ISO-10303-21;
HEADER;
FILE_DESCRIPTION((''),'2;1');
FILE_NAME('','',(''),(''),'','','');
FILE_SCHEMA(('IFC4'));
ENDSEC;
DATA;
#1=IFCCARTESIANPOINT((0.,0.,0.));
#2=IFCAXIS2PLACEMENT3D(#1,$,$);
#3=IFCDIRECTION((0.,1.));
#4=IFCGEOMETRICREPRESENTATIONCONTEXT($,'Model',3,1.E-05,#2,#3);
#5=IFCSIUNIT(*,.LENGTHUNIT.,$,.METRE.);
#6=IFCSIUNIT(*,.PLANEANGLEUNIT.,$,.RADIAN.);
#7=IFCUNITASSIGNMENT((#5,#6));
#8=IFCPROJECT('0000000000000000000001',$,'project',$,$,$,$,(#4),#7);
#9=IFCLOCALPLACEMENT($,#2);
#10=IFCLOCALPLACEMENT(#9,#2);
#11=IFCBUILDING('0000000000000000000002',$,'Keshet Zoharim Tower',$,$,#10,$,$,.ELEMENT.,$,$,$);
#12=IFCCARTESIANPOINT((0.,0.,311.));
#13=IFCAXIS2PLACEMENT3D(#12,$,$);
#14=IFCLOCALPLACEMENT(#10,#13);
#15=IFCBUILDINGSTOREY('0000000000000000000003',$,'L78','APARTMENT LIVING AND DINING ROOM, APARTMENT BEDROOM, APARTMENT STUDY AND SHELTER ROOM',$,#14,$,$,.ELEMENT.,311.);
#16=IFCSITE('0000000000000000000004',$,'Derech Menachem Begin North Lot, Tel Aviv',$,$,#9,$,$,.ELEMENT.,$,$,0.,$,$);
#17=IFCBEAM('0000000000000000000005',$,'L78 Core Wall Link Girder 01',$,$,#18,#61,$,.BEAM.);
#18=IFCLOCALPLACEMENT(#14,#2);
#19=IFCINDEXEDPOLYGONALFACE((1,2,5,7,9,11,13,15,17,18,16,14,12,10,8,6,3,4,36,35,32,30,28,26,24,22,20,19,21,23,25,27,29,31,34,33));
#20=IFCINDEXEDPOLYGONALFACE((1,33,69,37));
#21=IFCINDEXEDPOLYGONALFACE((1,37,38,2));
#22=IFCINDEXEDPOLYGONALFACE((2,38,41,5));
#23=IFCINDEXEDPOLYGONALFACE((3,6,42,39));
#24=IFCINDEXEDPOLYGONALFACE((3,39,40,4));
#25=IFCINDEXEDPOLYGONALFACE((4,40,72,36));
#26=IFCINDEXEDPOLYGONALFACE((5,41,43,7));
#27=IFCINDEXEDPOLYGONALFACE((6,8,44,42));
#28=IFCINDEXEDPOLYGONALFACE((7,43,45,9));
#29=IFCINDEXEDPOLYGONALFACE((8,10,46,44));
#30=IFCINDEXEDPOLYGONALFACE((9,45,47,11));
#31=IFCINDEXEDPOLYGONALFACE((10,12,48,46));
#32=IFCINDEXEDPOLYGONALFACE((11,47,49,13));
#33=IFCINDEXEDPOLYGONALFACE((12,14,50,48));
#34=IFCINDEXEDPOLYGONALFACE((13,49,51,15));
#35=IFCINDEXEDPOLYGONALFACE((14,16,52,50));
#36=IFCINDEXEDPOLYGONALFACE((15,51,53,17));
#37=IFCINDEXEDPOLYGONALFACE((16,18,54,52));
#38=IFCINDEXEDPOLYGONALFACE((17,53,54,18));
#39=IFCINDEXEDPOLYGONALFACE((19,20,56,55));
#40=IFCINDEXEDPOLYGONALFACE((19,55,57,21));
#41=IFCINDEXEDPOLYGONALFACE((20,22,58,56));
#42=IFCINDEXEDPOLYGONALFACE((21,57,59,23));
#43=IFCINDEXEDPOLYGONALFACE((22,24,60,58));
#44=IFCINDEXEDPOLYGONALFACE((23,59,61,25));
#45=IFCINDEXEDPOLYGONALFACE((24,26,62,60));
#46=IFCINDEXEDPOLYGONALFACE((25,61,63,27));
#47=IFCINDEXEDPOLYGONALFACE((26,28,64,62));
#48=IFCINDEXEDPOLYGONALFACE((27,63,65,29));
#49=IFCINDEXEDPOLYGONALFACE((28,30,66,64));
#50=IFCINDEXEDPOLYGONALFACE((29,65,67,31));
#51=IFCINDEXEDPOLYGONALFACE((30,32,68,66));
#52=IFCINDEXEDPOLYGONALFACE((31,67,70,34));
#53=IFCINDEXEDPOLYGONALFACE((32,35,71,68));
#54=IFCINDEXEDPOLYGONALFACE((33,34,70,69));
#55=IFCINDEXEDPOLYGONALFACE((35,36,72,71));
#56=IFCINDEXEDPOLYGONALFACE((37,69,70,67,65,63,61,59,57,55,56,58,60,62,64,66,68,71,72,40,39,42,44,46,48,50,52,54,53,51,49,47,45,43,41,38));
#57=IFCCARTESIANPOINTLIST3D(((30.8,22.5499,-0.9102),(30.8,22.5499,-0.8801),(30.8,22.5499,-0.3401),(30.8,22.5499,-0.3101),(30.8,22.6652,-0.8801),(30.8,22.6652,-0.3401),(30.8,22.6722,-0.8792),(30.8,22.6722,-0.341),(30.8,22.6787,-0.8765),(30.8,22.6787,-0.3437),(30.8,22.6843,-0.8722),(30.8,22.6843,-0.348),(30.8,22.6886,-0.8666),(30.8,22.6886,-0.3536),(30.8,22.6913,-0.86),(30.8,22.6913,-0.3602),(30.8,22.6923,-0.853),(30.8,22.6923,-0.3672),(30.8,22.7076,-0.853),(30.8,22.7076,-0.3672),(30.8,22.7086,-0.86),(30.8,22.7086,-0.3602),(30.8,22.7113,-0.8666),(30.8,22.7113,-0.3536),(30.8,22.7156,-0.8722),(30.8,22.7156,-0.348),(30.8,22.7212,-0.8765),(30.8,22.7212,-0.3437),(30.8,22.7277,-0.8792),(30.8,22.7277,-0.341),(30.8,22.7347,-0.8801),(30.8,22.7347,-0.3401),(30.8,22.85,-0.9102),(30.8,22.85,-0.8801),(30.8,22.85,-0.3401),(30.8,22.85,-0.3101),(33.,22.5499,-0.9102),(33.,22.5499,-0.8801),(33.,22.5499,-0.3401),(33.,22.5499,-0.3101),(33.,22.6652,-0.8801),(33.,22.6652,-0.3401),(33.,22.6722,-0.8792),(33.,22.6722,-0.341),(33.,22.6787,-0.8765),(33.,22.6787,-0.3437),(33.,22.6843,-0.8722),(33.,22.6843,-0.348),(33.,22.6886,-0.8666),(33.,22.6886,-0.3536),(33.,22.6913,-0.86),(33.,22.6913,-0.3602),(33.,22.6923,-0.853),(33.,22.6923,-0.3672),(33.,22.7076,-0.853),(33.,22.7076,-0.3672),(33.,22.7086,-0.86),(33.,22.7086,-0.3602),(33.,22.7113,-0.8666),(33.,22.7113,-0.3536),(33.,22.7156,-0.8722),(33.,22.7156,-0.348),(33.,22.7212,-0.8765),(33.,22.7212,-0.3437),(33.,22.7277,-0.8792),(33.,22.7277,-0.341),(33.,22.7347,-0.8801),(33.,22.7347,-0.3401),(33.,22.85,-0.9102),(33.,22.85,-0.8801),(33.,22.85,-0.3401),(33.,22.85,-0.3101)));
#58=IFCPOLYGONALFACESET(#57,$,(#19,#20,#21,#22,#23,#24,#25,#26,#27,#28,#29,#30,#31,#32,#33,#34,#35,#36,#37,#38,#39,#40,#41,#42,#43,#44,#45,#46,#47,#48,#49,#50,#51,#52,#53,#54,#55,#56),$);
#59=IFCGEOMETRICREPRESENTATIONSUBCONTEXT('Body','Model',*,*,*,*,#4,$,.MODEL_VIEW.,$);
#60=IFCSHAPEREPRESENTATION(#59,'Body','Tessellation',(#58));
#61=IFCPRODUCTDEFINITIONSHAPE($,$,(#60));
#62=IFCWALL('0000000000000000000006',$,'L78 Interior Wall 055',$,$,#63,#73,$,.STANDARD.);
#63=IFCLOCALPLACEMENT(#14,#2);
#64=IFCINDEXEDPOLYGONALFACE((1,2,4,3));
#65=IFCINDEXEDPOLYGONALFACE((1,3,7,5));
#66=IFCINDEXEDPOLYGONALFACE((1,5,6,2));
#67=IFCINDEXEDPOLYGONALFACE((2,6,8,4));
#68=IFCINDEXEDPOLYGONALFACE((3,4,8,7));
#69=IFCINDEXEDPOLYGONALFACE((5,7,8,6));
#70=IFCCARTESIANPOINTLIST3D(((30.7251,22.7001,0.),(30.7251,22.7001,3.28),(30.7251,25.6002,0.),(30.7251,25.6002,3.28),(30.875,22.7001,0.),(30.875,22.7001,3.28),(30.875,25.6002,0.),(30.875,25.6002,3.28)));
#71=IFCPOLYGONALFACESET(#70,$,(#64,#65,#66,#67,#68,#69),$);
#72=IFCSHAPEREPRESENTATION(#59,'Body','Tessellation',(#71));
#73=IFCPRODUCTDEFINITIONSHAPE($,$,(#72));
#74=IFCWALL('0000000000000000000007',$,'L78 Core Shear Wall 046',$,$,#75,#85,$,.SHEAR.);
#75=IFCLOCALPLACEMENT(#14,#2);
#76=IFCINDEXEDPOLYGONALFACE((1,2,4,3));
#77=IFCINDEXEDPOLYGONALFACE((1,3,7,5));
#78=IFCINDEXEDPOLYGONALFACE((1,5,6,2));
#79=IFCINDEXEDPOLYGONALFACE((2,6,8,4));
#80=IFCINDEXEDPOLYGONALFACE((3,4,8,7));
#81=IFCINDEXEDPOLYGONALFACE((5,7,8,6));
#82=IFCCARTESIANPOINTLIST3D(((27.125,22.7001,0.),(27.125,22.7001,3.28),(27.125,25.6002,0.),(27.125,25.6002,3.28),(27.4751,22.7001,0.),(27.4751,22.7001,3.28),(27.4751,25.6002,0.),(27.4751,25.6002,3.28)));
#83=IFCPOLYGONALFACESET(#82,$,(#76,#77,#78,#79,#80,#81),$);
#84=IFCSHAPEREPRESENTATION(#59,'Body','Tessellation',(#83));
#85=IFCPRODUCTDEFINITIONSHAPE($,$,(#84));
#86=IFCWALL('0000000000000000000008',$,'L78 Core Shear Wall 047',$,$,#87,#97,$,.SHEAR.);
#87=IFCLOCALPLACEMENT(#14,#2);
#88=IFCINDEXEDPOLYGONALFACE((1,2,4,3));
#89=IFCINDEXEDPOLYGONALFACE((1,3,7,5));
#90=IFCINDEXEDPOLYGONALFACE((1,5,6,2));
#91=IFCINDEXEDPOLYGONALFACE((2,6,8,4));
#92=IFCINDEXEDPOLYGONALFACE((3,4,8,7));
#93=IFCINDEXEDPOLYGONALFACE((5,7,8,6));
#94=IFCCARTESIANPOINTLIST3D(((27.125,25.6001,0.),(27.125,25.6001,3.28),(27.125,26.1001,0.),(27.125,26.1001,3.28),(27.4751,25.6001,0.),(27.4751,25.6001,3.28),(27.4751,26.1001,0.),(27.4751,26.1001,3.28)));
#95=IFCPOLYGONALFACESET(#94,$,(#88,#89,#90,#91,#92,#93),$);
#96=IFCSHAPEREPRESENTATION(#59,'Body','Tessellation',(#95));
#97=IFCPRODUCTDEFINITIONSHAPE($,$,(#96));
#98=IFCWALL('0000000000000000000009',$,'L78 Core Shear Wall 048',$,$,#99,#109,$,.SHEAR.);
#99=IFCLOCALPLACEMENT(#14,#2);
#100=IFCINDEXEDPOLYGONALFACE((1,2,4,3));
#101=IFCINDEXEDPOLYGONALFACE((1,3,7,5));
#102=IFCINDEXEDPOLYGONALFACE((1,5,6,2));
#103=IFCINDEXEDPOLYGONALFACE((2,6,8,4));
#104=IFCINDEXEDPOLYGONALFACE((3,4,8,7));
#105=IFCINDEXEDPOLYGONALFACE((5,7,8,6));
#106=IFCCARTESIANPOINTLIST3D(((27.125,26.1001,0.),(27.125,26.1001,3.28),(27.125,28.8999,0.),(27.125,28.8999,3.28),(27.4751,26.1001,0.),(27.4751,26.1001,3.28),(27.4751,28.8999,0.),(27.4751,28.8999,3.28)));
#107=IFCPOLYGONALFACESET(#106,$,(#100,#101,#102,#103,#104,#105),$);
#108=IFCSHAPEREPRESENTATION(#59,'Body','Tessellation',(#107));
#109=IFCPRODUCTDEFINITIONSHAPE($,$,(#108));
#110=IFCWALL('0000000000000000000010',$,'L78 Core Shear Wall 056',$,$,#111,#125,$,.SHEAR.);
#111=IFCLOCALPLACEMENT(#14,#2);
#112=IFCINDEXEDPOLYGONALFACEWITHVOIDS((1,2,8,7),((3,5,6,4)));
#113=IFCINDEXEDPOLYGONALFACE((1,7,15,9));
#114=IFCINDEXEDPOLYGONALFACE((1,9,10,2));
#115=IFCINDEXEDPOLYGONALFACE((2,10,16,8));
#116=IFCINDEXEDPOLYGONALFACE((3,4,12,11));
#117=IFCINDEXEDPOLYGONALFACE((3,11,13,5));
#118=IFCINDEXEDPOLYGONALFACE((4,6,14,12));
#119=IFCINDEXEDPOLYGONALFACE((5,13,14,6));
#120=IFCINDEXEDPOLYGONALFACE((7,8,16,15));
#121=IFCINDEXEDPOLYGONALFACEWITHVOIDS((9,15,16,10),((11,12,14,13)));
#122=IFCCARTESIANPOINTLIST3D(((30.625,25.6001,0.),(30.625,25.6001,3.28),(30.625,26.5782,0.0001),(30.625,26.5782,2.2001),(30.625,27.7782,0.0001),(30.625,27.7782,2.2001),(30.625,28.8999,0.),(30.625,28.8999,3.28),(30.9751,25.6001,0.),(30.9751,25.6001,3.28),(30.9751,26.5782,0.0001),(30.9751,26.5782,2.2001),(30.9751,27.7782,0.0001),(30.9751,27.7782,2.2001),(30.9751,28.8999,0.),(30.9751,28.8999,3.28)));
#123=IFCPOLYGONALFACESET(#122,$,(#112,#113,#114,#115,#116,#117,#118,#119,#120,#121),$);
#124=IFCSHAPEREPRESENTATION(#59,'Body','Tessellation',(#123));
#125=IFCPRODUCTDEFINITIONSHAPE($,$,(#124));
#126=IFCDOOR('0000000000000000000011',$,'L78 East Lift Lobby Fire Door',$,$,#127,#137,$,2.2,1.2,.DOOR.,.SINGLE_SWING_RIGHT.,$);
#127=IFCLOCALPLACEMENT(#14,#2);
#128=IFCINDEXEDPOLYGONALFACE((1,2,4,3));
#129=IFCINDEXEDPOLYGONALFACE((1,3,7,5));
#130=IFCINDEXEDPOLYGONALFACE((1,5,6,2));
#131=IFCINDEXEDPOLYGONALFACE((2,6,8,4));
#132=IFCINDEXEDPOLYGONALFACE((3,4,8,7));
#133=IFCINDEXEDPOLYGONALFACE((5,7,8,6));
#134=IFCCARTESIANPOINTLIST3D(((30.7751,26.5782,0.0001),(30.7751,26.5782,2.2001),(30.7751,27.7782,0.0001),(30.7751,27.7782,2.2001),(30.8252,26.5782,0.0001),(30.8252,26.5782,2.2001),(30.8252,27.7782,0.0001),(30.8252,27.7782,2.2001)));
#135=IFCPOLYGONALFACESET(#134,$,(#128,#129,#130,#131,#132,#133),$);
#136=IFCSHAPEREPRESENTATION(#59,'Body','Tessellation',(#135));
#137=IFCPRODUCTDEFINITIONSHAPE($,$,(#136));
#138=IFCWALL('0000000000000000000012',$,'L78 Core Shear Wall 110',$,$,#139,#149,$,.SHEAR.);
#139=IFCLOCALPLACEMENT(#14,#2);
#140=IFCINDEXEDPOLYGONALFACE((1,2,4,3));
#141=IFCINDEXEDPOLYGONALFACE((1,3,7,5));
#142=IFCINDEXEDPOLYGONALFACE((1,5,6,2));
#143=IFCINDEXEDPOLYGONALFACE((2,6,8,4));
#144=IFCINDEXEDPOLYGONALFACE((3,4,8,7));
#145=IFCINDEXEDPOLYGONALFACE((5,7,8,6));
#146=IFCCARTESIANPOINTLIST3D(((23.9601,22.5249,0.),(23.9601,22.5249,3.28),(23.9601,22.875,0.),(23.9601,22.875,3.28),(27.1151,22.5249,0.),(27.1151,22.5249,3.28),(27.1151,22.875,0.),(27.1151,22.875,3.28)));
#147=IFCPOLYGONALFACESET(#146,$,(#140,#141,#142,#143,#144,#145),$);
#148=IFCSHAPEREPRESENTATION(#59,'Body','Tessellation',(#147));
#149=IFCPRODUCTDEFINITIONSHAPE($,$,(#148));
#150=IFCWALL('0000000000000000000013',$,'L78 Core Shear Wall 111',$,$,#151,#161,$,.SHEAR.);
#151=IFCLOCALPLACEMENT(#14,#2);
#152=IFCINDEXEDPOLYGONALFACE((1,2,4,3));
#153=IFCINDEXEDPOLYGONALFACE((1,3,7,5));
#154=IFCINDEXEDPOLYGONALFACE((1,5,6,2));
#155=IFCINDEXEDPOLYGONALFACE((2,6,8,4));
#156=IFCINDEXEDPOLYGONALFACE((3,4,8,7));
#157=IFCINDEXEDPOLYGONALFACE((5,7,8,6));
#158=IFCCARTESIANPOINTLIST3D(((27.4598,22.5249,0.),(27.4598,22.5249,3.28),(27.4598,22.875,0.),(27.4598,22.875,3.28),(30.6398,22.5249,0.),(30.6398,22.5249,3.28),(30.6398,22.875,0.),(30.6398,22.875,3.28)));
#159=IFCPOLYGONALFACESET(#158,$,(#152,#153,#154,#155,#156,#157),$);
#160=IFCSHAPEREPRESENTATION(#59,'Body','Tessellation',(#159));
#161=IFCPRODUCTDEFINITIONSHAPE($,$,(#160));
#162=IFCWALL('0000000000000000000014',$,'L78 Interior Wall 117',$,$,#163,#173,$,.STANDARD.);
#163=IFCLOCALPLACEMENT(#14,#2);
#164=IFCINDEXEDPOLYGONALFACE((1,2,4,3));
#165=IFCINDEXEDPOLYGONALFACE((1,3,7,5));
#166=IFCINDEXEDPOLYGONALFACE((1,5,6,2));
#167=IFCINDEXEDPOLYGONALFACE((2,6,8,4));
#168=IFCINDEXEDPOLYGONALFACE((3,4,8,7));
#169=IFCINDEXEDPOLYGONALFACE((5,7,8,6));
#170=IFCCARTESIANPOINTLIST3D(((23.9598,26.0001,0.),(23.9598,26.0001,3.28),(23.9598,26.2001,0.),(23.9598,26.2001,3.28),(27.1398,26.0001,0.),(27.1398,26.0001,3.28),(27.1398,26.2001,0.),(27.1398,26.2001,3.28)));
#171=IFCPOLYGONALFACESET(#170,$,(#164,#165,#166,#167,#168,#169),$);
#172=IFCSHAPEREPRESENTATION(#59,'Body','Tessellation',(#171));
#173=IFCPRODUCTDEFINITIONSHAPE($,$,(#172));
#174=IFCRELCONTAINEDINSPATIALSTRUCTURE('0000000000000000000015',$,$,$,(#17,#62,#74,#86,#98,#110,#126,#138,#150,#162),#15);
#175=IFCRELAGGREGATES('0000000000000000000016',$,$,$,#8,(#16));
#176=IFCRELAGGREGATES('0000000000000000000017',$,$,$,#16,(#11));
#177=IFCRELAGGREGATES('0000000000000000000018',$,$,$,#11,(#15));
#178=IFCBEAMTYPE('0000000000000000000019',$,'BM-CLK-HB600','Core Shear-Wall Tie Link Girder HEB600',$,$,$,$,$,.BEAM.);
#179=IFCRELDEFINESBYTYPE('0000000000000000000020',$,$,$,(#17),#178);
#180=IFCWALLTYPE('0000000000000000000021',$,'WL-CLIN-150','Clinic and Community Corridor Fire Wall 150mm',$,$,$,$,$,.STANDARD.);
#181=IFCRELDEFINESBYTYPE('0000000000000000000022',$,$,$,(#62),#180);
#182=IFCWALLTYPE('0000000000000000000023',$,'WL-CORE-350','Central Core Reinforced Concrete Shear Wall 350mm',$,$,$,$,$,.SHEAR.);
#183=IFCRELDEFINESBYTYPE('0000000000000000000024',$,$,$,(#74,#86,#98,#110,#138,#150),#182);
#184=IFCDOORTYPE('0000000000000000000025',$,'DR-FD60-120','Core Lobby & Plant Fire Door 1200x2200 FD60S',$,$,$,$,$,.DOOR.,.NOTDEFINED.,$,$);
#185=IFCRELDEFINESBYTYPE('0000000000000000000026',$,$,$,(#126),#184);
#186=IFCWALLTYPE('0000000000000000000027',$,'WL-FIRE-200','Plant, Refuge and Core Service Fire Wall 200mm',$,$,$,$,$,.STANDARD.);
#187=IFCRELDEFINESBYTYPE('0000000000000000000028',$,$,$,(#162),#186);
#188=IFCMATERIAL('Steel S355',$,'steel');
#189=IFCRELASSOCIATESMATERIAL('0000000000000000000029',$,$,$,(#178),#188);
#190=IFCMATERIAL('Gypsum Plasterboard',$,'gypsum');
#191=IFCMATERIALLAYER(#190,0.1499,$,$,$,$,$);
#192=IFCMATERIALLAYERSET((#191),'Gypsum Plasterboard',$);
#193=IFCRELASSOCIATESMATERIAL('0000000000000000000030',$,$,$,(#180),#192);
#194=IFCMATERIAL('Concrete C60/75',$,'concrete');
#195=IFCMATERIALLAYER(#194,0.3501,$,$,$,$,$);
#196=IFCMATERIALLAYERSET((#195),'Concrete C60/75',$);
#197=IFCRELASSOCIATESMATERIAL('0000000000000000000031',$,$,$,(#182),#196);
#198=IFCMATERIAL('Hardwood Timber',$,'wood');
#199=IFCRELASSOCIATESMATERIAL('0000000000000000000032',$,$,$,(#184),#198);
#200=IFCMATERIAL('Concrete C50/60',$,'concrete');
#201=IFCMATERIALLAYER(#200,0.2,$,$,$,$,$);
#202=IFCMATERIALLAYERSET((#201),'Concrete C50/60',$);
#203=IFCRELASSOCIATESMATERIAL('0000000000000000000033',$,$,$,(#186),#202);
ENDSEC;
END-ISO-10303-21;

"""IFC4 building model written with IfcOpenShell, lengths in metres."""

from ifc_helpers import new_model, si_unit, direction, frame, frame_2d, origin, origin_2d, place, context, subcontext, project, spatial, rectangle, i_section, extrude, material, layer, layer_set, material_profile, profile_set, type_object, element, fill, save


model = new_model("IFC4")

# Units and contexts
model_context = context("Model", 3, precision=1e-05, world=origin(), true_north=direction((0.0, 1.0)))
body_context = subcontext(model_context, "Body", "Model", "MODEL_VIEW")
ifc_project = project(units=[si_unit("LENGTHUNIT", "METRE"), si_unit("PLANEANGLEUNIT", "RADIAN")], contexts=[model_context])

# Site, building, storey
site_placement = place(None, origin())
site = spatial("IfcSite", under=ifc_project, at=site_placement, Name="Derech Menachem Begin North Lot, Tel Aviv", CompositionType="ELEMENT", RefElevation=0.0)
building_placement = place(site_placement, origin())
building = spatial("IfcBuilding", under=site, at=building_placement, Name="Keshet Zoharim Tower", CompositionType="ELEMENT")
storey_placement = place(building_placement, frame((0.0, 0.0, 311.0)))
storey = spatial("IfcBuildingStorey", under=building, at=storey_placement, Name="L78", Description="APARTMENT LIVING AND DINING ROOM, APARTMENT BEDROOM, APARTMENT STUDY AND SHELTER ROOM", CompositionType="ELEMENT", Elevation=311.0)

# Beam
ifc_material_1 = material(Name="Steel S355", Category="steel")
ifc_material_profile = material_profile(ifc_material_1, i_section(OverallWidth=0.3, OverallDepth=0.6001, WebThickness=0.0154, FlangeThickness=0.03, FilletRadius=0.0271, at=origin_2d()), Name="HEB600")
ifc_profile_set = profile_set([ifc_material_profile], Name="Steel S355")
beam_type = type_object("IfcBeamType", Name="BM-CLK-HB600", Description="Core Shear-Wall Tie Link Girder HEB600", PredefinedType="BEAM", material=ifc_profile_set)
beam_placement = place(storey_placement, frame((30.8, 22.7, -0.6101), z_axis=(1.0, 0.0, 0.0), x_axis=(0.0, 1.0, 0.0)))
element("IfcBeam", 1, at=beam_placement, inside=storey, type_object=beam_type, Name="L78 Core Wall Link Girder 01", PredefinedType="BEAM", context=body_context, shape_type="SweptSolid", body=[
    extrude(i_section(OverallWidth=0.3, OverallDepth=0.6001, WebThickness=0.0154, FlangeThickness=0.03, FilletRadius=0.0271, at=origin_2d()), origin(), (0.0, 0.0, 1.0), 2.2),
])

# Wall
ifc_material_2 = material(Name="Gypsum Plasterboard", Category="gypsum")
ifc_layer_1 = layer(ifc_material_2, 0.1499)
ifc_layer_set_1 = layer_set([ifc_layer_1], Name="Gypsum Plasterboard")
wall_type_1 = type_object("IfcWallType", Name="WL-CLIN-150", Description="Clinic and Community Corridor Fire Wall 150mm", PredefinedType="STANDARD", material=ifc_layer_set_1)
wall_1_placement = place(storey_placement, frame((30.8, 22.7, 0.0), z_axis=(0.0, 0.0, 1.0), x_axis=(0.0, 1.0, 0.0)))
element("IfcWall", 2, at=wall_1_placement, inside=storey, type_object=wall_type_1, Name="L78 Interior Wall 055", PredefinedType="STANDARD", context=body_context, shape_type="SweptSolid", body=[
    extrude(rectangle(XDim=2.9001, YDim=0.1499, at=frame_2d((1.4502, 0.0))), origin(), (0.0, 0.0, 1.0), 3.28),
])

# Shared definitions
ifc_material_3 = material(Name="Concrete C60/75", Category="concrete")
ifc_layer_2 = layer(ifc_material_3, 0.3501)
ifc_layer_set_2 = layer_set([ifc_layer_2], Name="Concrete C60/75")
wall_type_2 = type_object("IfcWallType", Name="WL-CORE-350", Description="Central Core Reinforced Concrete Shear Wall 350mm", PredefinedType="SHEAR", material=ifc_layer_set_2)
ifc_material_4 = material(Name="Hardwood Timber", Category="wood")

# Walls
wall_2_placement = place(storey_placement, frame((27.3, 22.7, 0.0), z_axis=(0.0, 0.0, 1.0), x_axis=(0.0, 1.0, 0.0)))
element("IfcWall", 3, at=wall_2_placement, inside=storey, type_object=wall_type_2, Name="L78 Core Shear Wall 046", PredefinedType="SHEAR", context=body_context, shape_type="SweptSolid", body=[
    extrude(rectangle(XDim=2.9001, YDim=0.3501, at=frame_2d((1.4502, 0.0))), origin(), (0.0, 0.0, 1.0), 3.28),
])
wall_3_placement = place(storey_placement, frame((27.3, 25.6001, 0.0), z_axis=(0.0, 0.0, 1.0), x_axis=(0.0, 1.0, 0.0)))
element("IfcWall", 4, at=wall_3_placement, inside=storey, type_object=wall_type_2, Name="L78 Core Shear Wall 047", PredefinedType="SHEAR", context=body_context, shape_type="SweptSolid", body=[
    extrude(rectangle(XDim=0.5, YDim=0.3501, at=frame_2d((0.25, 0.0))), origin(), (0.0, 0.0, 1.0), 3.28),
])
wall_4_placement = place(storey_placement, frame((27.3, 26.1001, 0.0), z_axis=(0.0, 0.0, 1.0), x_axis=(0.0, 1.0, 0.0)))
element("IfcWall", 5, at=wall_4_placement, inside=storey, type_object=wall_type_2, Name="L78 Core Shear Wall 048", PredefinedType="SHEAR", context=body_context, shape_type="SweptSolid", body=[
    extrude(rectangle(XDim=2.7998, YDim=0.3501, at=frame_2d((1.3999, 0.0))), origin(), (0.0, 0.0, 1.0), 3.28),
])

# Wall, opening, door
wall_5_placement = place(storey_placement, frame((30.8, 25.6001, 0.0), z_axis=(0.0, 0.0, 1.0), x_axis=(0.0, 1.0, 0.0)))
wall_5 = element("IfcWall", 6, at=wall_5_placement, inside=storey, type_object=wall_type_2, Name="L78 Core Shear Wall 056", PredefinedType="SHEAR", context=body_context, shape_type="SweptSolid", body=[
    extrude(rectangle(XDim=3.2998, YDim=0.3501, at=frame_2d((1.6499, 0.0))), origin(), (0.0, 0.0, 1.0), 3.28),
])
opening_1_placement = place(wall_5_placement, frame((0.978, 0.0, 0.0)))
opening_1 = element("IfcOpeningElement", 7, at=opening_1_placement, cuts=wall_5, PredefinedType="OPENING", context=body_context, shape_type="SweptSolid", body=[
    extrude(rectangle(XDim=1.2, YDim=2.2, at=frame_2d((0.6001, 1.1001))), frame((0.0, 0.1851, 0.0), z_axis=(0.0, -1.0, 0.0), x_axis=(1.0, 0.0, 0.0)), (0.0, 0.0, 1.0), 0.3701),
])
door_type_1 = type_object("IfcDoorType", Name="DR-FD60-120", Description="Core Lobby & Plant Fire Door 1200x2200 FD60S", OperationType="NOTDEFINED", PredefinedType="DOOR", material=ifc_material_4)
door_1_placement = place(opening_1_placement, origin())
door_1 = element("IfcDoor", 8, at=door_1_placement, inside=storey, type_object=door_type_1, Name="L78 East Lift Lobby Fire Door", OperationType="SINGLE_SWING_RIGHT", OverallHeight=2.2, OverallWidth=1.2, PredefinedType="DOOR", context=body_context, shape_type="SweptSolid", body=[
    extrude(rectangle(XDim=1.2, YDim=2.2, at=frame_2d((0.6001, 1.1001))), frame((0.0, 0.0249, 0.0), z_axis=(0.0, -1.0, 0.0), x_axis=(1.0, 0.0, 0.0)), (0.0, 0.0, 1.0), 0.05),
])
fill(opening_1, door_1)

# Walls
wall_6_placement = place(storey_placement, frame((23.96, 22.7, 0.0), z_axis=(0.0, 0.0, 1.0), x_axis=(1.0, 0.0, 0.0)))
element("IfcWall", 9, at=wall_6_placement, inside=storey, type_object=wall_type_2, Name="L78 Core Shear Wall 110", PredefinedType="SHEAR", context=body_context, shape_type="SweptSolid", body=[
    extrude(rectangle(XDim=3.155, YDim=0.3501, at=frame_2d((1.5776, 0.0))), origin(), (0.0, 0.0, 1.0), 3.28),
])
wall_7_placement = place(storey_placement, frame((27.46, 22.7, 0.0), z_axis=(0.0, 0.0, 1.0), x_axis=(1.0, 0.0, 0.0)))
element("IfcWall", 10, at=wall_7_placement, inside=storey, type_object=wall_type_2, Name="L78 Core Shear Wall 111", PredefinedType="SHEAR", context=body_context, shape_type="SweptSolid", body=[
    extrude(rectangle(XDim=3.1799, YDim=0.3501, at=frame_2d((1.5898, 0.0))), origin(), (0.0, 0.0, 1.0), 3.28),
])

# Wall
ifc_material_5 = material(Name="Concrete C50/60", Category="concrete")
ifc_layer_3 = layer(ifc_material_5, 0.2)
ifc_layer_set_3 = layer_set([ifc_layer_3], Name="Concrete C50/60")
wall_type_3 = type_object("IfcWallType", Name="WL-FIRE-200", Description="Plant, Refuge and Core Service Fire Wall 200mm", PredefinedType="STANDARD", material=ifc_layer_set_3)
wall_8_placement = place(storey_placement, frame((23.96, 26.1001, 0.0), z_axis=(0.0, 0.0, 1.0), x_axis=(1.0, 0.0, 0.0)))
element("IfcWall", 11, at=wall_8_placement, inside=storey, type_object=wall_type_3, Name="L78 Interior Wall 117", PredefinedType="STANDARD", context=body_context, shape_type="SweptSolid", body=[
    extrude(rectangle(XDim=3.1799, YDim=0.2, at=frame_2d((1.5898, 0.0))), origin(), (0.0, 0.0, 1.0), 3.28),
])

save(model, "model.ifc")
